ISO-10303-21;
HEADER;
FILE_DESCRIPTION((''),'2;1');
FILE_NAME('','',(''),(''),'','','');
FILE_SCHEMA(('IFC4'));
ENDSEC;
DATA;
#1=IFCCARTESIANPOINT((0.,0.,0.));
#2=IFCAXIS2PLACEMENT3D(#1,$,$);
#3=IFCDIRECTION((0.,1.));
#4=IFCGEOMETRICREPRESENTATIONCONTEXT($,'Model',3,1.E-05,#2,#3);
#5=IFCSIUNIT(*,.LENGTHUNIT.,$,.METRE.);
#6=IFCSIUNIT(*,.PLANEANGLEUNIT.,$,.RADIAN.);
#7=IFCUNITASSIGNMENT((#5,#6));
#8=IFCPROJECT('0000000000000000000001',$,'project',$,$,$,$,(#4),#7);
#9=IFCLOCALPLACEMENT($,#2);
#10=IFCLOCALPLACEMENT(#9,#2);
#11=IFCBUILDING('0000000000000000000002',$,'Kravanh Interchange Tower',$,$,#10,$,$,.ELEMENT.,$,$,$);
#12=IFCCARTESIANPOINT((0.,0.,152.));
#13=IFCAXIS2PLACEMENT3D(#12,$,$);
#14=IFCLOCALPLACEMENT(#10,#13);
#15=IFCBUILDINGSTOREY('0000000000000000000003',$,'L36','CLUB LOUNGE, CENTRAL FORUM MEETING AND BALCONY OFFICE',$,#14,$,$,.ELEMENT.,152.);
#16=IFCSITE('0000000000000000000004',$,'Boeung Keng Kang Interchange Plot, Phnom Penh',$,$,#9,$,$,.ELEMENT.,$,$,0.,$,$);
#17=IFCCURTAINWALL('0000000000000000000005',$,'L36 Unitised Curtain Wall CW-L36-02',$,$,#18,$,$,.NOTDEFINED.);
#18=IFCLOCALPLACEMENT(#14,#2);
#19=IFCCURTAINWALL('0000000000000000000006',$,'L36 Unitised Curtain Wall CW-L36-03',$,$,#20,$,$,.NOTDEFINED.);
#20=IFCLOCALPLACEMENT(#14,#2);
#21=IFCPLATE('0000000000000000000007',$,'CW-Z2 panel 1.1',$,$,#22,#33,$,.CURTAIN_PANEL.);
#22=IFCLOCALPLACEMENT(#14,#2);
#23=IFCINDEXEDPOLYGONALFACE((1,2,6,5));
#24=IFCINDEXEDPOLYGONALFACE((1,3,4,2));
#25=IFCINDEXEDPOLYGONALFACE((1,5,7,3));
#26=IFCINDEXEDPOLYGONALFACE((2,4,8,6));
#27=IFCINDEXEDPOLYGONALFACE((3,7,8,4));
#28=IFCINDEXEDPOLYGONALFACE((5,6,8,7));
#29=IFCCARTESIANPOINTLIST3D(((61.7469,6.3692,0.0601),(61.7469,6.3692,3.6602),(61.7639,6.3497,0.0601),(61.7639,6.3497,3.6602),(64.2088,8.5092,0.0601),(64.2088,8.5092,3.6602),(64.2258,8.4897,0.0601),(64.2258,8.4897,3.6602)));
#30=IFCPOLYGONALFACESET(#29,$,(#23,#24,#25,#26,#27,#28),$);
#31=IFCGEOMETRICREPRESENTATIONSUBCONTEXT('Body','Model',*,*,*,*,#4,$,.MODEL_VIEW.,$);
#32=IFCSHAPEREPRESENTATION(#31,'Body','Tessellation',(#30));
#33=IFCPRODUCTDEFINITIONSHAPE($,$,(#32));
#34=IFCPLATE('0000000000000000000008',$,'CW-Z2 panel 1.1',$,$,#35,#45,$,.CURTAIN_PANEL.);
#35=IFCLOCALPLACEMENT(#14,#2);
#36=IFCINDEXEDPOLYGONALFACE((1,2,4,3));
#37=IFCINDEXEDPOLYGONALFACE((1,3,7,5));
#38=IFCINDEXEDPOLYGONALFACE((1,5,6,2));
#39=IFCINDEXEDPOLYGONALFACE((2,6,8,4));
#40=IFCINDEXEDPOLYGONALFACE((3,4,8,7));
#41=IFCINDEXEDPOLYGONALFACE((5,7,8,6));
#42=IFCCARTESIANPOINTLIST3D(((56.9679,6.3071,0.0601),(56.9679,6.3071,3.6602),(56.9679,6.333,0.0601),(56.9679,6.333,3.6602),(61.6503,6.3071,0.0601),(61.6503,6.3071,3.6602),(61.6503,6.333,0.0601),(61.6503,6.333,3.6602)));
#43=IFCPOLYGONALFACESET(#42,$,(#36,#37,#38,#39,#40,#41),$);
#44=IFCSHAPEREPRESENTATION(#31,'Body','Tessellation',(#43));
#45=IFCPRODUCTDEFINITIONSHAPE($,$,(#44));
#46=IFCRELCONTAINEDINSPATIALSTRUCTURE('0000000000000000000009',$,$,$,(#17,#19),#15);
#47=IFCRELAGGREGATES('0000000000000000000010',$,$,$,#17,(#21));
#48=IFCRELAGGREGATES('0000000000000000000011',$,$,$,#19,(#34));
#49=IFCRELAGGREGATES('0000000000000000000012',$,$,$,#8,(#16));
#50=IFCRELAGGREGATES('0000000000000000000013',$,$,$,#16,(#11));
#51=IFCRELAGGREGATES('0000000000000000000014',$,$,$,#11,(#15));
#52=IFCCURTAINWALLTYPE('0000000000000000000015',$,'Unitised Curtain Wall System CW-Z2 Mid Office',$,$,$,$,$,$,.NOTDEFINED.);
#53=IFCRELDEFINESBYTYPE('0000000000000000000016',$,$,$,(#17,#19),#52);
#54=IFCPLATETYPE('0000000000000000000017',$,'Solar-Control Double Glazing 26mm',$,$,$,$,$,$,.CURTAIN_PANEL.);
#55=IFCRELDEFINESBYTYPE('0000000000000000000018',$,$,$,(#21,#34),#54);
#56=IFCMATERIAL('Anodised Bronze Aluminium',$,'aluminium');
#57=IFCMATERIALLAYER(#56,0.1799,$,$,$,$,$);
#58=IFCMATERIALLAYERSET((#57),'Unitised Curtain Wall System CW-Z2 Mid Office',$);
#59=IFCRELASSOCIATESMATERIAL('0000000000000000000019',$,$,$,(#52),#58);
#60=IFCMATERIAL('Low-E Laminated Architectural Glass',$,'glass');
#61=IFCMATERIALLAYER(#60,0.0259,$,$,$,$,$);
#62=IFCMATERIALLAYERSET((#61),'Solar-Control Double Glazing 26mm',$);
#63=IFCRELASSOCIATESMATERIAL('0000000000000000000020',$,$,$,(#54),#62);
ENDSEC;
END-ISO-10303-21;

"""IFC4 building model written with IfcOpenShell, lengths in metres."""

from ifc_helpers import new_model, si_unit, direction, frame, origin, origin_2d, place, context, subcontext, project, spatial, rectangle, extrude, material, layer, layer_set, type_object, element, aggregate, save


model = new_model("IFC4")

# Units and contexts
model_context = context("Model", 3, precision=1e-05, world=origin(), true_north=direction((0.0, 1.0)))
body_context = subcontext(model_context, "Body", "Model", "MODEL_VIEW")
ifc_project = project(units=[si_unit("LENGTHUNIT", "METRE"), si_unit("PLANEANGLEUNIT", "RADIAN")], contexts=[model_context])

# Site, building, storey
site_placement = place(None, origin())
site = spatial("IfcSite", under=ifc_project, at=site_placement, Name="Boeung Keng Kang Interchange Plot, Phnom Penh", CompositionType="ELEMENT", RefElevation=0.0)
building_placement = place(site_placement, origin())
building = spatial("IfcBuilding", under=site, at=building_placement, Name="Kravanh Interchange Tower", CompositionType="ELEMENT")
storey_placement = place(building_placement, frame((0.0, 0.0, 152.0)))
storey = spatial("IfcBuildingStorey", under=building, at=storey_placement, Name="L36", Description="CLUB LOUNGE, CENTRAL FORUM MEETING AND BALCONY OFFICE", CompositionType="ELEMENT", Elevation=152.0)

# Curtain walls
ifc_material_1 = material(Name="Anodised Bronze Aluminium", Category="aluminium")
ifc_layer_1 = layer(ifc_material_1, 0.1799)
ifc_layer_set_1 = layer_set([ifc_layer_1], Name="Unitised Curtain Wall System CW-Z2 Mid Office")
curtain_wall_type = type_object("IfcCurtainWallType", Name="Unitised Curtain Wall System CW-Z2 Mid Office", PredefinedType="NOTDEFINED", material=ifc_layer_set_1)
curtain_wall_1_placement = place(storey_placement, origin())
curtain_wall_1 = element("IfcCurtainWall", 1, at=curtain_wall_1_placement, inside=storey, type_object=curtain_wall_type, Name="L36 Unitised Curtain Wall CW-L36-02", PredefinedType="NOTDEFINED")
curtain_wall_2_placement = place(storey_placement, origin())
curtain_wall_2 = element("IfcCurtainWall", 2, at=curtain_wall_2_placement, inside=storey, type_object=curtain_wall_type, Name="L36 Unitised Curtain Wall CW-L36-03", PredefinedType="NOTDEFINED")

# Plates
ifc_material_2 = material(Name="Low-E Laminated Architectural Glass", Category="glass")
ifc_layer_2 = layer(ifc_material_2, 0.0259)
ifc_layer_set_2 = layer_set([ifc_layer_2], Name="Solar-Control Double Glazing 26mm")
plate_type = type_object("IfcPlateType", Name="Solar-Control Double Glazing 26mm", PredefinedType="CURTAIN_PANEL", material=ifc_layer_set_2)
plate_1_placement = place(storey_placement, frame((62.9863, 7.4294, 0.0601), z_axis=(0.0, 0.0, 1.0), x_axis=(-0.754719, -0.656048, 0.0)))
plate_1 = element("IfcPlate", 3, at=plate_1_placement, type_object=plate_type, Name="CW-Z2 panel 1.1", PredefinedType="CURTAIN_PANEL", context=body_context, shape_type="SweptSolid", body=[
    extrude(rectangle(XDim=3.262, YDim=0.0259, at=origin_2d()), origin(), (0.0, 0.0, 1.0), 3.6001),
])
aggregate(curtain_wall_1, [plate_1])
plate_2_placement = place(storey_placement, frame((59.3091, 6.3201, 0.0601), z_axis=(0.0, 0.0, 1.0), x_axis=(-1.0, 0.0, 0.0)))
plate_2 = element("IfcPlate", 4, at=plate_2_placement, type_object=plate_type, Name="CW-Z2 panel 1.1", PredefinedType="CURTAIN_PANEL", context=body_context, shape_type="SweptSolid", body=[
    extrude(rectangle(XDim=4.6824, YDim=0.0259, at=origin_2d()), origin(), (0.0, 0.0, 1.0), 3.6001),
])
aggregate(curtain_wall_2, [plate_2])

save(model, "model.ifc")
